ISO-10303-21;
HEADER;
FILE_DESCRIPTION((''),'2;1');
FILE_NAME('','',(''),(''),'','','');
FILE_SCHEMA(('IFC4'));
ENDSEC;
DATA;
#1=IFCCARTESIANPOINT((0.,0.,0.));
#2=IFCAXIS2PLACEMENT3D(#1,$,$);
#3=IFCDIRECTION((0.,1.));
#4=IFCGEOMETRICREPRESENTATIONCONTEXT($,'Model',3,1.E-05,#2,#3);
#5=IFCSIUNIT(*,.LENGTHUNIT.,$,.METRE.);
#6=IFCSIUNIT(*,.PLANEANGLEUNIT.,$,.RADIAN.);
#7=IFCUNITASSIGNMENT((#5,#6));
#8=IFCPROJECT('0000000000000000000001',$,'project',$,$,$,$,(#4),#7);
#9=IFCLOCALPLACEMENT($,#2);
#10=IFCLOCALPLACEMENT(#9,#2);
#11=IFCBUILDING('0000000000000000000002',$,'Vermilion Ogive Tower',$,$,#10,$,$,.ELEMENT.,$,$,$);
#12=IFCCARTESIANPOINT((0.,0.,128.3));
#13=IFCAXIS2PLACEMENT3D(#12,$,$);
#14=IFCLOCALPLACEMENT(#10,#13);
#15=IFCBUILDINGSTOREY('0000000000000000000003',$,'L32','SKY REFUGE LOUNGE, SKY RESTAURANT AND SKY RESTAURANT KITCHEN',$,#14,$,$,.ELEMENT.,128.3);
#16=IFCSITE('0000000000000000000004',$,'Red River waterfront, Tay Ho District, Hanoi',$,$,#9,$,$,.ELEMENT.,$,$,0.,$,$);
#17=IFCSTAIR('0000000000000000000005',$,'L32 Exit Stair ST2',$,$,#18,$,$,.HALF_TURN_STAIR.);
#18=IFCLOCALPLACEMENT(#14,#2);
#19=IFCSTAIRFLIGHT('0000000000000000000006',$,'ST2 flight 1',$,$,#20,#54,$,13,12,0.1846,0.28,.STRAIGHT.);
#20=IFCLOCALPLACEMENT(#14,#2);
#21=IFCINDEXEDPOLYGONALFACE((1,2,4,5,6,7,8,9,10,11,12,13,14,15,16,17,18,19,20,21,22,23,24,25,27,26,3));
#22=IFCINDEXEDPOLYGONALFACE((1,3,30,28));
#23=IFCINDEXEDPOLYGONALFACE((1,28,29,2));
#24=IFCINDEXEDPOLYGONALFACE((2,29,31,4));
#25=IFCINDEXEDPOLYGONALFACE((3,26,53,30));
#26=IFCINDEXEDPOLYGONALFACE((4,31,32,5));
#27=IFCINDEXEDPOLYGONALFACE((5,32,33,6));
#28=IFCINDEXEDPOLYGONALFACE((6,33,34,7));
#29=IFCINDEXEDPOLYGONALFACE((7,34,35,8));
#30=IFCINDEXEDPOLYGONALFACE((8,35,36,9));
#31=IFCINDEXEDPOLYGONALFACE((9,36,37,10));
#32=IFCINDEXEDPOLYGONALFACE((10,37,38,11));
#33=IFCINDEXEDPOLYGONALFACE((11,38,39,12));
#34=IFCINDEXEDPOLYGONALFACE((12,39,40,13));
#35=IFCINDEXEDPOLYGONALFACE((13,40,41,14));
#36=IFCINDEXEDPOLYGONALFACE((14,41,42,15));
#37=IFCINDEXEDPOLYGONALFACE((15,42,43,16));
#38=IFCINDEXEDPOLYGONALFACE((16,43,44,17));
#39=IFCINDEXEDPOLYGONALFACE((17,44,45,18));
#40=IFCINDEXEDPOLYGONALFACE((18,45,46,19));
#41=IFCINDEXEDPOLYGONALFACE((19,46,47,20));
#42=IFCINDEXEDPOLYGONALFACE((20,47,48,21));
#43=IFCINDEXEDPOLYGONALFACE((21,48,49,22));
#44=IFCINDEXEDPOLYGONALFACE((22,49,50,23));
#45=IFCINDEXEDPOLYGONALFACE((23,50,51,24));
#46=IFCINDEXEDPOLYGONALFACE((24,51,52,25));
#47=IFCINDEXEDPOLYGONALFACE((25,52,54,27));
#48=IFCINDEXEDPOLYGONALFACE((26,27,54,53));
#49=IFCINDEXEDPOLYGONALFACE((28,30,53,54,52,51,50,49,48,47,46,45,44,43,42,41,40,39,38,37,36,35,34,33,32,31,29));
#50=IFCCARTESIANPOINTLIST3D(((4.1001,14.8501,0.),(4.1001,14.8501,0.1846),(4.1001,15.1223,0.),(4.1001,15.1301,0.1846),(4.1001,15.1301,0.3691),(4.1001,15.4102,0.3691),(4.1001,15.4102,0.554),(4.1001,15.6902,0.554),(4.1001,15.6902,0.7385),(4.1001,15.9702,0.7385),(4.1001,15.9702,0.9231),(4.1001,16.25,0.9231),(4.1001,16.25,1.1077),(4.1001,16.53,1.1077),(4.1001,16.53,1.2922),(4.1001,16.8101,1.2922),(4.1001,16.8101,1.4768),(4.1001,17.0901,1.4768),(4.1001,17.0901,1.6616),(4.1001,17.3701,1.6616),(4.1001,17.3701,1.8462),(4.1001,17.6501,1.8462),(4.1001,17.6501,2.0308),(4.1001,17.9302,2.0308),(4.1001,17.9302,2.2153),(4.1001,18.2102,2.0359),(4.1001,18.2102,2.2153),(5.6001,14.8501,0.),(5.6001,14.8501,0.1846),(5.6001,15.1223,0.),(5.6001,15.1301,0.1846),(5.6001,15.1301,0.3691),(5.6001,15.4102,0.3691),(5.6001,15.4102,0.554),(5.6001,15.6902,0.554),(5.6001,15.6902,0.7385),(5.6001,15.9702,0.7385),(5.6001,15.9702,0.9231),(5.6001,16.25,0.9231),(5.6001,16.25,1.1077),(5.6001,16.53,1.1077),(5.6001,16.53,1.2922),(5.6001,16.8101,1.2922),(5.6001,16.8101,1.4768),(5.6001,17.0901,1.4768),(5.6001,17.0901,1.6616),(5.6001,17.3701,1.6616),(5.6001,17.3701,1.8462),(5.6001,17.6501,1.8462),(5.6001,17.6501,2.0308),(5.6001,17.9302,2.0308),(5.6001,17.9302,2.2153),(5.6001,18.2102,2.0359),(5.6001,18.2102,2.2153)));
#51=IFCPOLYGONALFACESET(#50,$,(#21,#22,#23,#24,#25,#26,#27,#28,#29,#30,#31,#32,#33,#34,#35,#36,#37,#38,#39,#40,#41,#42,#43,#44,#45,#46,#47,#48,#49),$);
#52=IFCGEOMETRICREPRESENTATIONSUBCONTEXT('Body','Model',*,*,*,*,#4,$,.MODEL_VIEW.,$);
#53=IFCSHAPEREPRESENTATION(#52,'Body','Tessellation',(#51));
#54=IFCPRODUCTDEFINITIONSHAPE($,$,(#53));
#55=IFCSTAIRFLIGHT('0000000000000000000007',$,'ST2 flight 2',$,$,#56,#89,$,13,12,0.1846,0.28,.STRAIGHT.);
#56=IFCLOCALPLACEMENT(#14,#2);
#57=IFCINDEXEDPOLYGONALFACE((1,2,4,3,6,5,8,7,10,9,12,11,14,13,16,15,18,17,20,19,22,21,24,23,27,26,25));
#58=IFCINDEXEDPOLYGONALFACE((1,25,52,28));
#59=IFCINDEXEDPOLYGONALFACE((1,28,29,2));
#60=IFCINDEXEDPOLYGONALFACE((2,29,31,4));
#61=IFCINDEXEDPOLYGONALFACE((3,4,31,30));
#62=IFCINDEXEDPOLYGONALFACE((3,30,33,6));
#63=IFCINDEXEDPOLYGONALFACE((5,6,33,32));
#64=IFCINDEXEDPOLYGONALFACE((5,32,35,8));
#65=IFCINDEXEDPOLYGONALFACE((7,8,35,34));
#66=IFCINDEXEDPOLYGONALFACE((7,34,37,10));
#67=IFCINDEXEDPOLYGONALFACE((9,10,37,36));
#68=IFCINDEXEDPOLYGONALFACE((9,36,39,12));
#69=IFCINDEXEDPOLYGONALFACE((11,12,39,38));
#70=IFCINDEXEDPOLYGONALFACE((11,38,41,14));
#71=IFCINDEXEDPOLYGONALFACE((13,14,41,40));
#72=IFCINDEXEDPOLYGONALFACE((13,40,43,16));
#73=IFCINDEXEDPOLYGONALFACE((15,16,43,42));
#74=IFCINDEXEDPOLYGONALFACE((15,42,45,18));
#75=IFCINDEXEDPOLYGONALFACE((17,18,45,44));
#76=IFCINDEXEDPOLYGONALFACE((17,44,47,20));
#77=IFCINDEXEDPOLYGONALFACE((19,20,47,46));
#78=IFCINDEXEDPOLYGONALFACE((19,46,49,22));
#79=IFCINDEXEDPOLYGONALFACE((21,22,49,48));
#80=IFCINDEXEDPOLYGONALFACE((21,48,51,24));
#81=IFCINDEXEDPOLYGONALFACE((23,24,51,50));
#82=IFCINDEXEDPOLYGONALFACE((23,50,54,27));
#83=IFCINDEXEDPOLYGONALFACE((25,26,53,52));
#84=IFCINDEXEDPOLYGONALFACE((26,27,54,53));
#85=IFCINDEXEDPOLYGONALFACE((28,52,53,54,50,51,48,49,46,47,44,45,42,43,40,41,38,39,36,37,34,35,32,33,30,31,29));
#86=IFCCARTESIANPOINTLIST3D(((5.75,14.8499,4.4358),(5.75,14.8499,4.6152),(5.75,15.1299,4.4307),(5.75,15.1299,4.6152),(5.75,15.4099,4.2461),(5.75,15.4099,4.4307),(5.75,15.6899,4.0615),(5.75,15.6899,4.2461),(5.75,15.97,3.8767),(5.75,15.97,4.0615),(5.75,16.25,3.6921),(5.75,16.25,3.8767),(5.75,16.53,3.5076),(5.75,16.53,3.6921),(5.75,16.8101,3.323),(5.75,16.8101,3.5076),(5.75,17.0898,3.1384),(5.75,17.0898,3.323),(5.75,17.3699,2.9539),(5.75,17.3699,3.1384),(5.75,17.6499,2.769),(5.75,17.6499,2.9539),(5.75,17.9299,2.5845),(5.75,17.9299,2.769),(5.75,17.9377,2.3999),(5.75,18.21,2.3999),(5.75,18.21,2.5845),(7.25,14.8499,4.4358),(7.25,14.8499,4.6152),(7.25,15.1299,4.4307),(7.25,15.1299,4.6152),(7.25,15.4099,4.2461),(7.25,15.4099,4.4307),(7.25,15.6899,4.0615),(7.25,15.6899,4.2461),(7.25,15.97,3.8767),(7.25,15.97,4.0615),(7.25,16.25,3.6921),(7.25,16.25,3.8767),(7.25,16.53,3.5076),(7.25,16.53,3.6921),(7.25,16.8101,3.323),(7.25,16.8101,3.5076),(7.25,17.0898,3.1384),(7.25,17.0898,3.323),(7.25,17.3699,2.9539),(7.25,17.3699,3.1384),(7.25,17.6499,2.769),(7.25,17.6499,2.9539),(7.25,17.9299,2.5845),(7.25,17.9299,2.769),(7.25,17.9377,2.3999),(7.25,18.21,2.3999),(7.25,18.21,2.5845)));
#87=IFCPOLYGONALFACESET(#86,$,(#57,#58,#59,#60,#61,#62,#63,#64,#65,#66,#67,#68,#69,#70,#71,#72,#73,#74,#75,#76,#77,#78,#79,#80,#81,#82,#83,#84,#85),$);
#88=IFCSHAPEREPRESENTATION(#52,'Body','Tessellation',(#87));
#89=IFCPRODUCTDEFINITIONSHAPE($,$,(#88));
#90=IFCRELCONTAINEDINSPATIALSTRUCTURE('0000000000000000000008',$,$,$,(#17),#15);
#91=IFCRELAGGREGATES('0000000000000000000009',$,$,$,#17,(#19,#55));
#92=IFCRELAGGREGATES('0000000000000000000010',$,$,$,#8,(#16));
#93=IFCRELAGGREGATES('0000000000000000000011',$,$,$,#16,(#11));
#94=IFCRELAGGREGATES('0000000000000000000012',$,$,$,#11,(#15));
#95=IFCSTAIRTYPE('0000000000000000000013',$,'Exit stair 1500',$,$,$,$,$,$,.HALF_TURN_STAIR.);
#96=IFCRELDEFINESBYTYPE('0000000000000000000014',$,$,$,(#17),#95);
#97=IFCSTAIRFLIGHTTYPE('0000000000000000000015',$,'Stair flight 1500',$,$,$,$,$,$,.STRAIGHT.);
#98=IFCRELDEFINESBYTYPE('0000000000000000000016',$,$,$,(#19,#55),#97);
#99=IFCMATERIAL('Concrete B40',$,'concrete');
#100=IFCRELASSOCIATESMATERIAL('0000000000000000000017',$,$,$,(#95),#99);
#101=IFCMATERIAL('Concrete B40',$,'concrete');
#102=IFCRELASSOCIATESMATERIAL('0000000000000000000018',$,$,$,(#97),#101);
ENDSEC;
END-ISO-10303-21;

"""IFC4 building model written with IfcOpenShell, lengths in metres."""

from ifc_helpers import new_model, si_unit, direction, frame, origin, place, context, subcontext, project, spatial, polyline, outline, extrude, material, type_object, element, aggregate, save


model = new_model("IFC4")

# Units and contexts
model_context = context("Model", 3, precision=1e-05, world=origin(), true_north=direction((0.0, 1.0)))
body_context = subcontext(model_context, "Body", "Model", "MODEL_VIEW")
ifc_project = project(units=[si_unit("LENGTHUNIT", "METRE"), si_unit("PLANEANGLEUNIT", "RADIAN")], contexts=[model_context])

# Site, building, storey
site_placement = place(None, origin())
site = spatial("IfcSite", under=ifc_project, at=site_placement, Name="Red River waterfront, Tay Ho District, Hanoi", CompositionType="ELEMENT", RefElevation=0.0)
building_placement = place(site_placement, origin())
building = spatial("IfcBuilding", under=site, at=building_placement, Name="Vermilion Ogive Tower", CompositionType="ELEMENT")
storey_placement = place(building_placement, frame((0.0, 0.0, 128.3)))
storey = spatial("IfcBuildingStorey", under=building, at=storey_placement, Name="L32", Description="SKY REFUGE LOUNGE, SKY RESTAURANT AND SKY RESTAURANT KITCHEN", CompositionType="ELEMENT", Elevation=128.3)

# Stair, stair flights
ifc_material_1 = material(Name="Concrete B40", Category="concrete")
stair_type = type_object("IfcStairType", Name="Exit stair 1500", PredefinedType="HALF_TURN_STAIR", material=ifc_material_1)
stair_placement = place(storey_placement, origin())
stair = element("IfcStair", 1, at=stair_placement, inside=storey, type_object=stair_type, Name="L32 Exit Stair ST2", PredefinedType="HALF_TURN_STAIR")
ifc_material_2 = material(Name="Concrete B40", Category="concrete")
stair_flight_type = type_object("IfcStairFlightType", Name="Stair flight 1500", PredefinedType="STRAIGHT", material=ifc_material_2)
stair_flight_1_placement = place(storey_placement, frame((4.8501, 14.8501, 0.0), z_axis=(0.0, 0.0, 1.0), x_axis=(0.0, 1.0, 0.0)))
stair_flight_1 = element("IfcStairFlight", 2, at=stair_flight_1_placement, type_object=stair_flight_type, Name="ST2 flight 1", NumberOfRisers=13, NumberOfTreads=12, PredefinedType="STRAIGHT", RiserHeight=0.1846, TreadLength=0.28, context=body_context, shape_type="SweptSolid", body=[
    extrude(outline(polyline([(0.0, 0.0), (0.0, 0.1846), (0.28, 0.1846), (0.28, 0.3691), (0.5601, 0.3691), (0.5601, 0.554), (0.8401, 0.554), (0.8401, 0.7385), (1.1201, 0.7385), (1.1201, 0.9231), (1.3999, 0.9231), (1.3999, 1.1077), (1.6799, 1.1077), (1.6799, 1.2922), (1.96, 1.2922), (1.96, 1.4768), (2.24, 1.4768), (2.24, 1.6616), (2.52, 1.6616), (2.52, 1.8462), (2.8, 1.8462), (2.8, 2.0308), (3.0801, 2.0308), (3.0801, 2.2153), (3.3601, 2.2153), (3.3601, 2.3999), (3.3601, 2.0359), (0.2722, 0.0), (0.0, 0.0)])), frame((0.0, 0.75, 0.0), z_axis=(0.0, -1.0, 0.0), x_axis=(1.0, 0.0, 0.0)), (0.0, 0.0, 1.0), 1.5),
])
stair_flight_2_placement = place(storey_placement, frame((6.5, 18.21, 2.3999), z_axis=(0.0, 0.0, 1.0), x_axis=(0.0, -1.0, 0.0)))
stair_flight_2 = element("IfcStairFlight", 3, at=stair_flight_2_placement, type_object=stair_flight_type, Name="ST2 flight 2", NumberOfRisers=13, NumberOfTreads=12, PredefinedType="STRAIGHT", RiserHeight=0.1846, TreadLength=0.28, context=body_context, shape_type="SweptSolid", body=[
    extrude(outline(polyline([(0.0, 0.0), (0.0, 0.1846), (0.28, 0.1846), (0.28, 0.3691), (0.5601, 0.3691), (0.5601, 0.554), (0.8401, 0.554), (0.8401, 0.7385), (1.1201, 0.7385), (1.1201, 0.9231), (1.3999, 0.9231), (1.3999, 1.1077), (1.6799, 1.1077), (1.6799, 1.2922), (1.96, 1.2922), (1.96, 1.4768), (2.24, 1.4768), (2.24, 1.6616), (2.52, 1.6616), (2.52, 1.8462), (2.8, 1.8462), (2.8, 2.0308), (3.0801, 2.0308), (3.0801, 2.2153), (3.3601, 2.2153), (3.3601, 2.3999), (3.3601, 2.0359), (0.2722, 0.0), (0.0, 0.0)])), frame((0.0, 0.75, 0.0), z_axis=(0.0, -1.0, 0.0), x_axis=(1.0, 0.0, 0.0)), (0.0, 0.0, 1.0), 1.5),
])
aggregate(stair, [stair_flight_1, stair_flight_2])

save(model, "model.ifc")
